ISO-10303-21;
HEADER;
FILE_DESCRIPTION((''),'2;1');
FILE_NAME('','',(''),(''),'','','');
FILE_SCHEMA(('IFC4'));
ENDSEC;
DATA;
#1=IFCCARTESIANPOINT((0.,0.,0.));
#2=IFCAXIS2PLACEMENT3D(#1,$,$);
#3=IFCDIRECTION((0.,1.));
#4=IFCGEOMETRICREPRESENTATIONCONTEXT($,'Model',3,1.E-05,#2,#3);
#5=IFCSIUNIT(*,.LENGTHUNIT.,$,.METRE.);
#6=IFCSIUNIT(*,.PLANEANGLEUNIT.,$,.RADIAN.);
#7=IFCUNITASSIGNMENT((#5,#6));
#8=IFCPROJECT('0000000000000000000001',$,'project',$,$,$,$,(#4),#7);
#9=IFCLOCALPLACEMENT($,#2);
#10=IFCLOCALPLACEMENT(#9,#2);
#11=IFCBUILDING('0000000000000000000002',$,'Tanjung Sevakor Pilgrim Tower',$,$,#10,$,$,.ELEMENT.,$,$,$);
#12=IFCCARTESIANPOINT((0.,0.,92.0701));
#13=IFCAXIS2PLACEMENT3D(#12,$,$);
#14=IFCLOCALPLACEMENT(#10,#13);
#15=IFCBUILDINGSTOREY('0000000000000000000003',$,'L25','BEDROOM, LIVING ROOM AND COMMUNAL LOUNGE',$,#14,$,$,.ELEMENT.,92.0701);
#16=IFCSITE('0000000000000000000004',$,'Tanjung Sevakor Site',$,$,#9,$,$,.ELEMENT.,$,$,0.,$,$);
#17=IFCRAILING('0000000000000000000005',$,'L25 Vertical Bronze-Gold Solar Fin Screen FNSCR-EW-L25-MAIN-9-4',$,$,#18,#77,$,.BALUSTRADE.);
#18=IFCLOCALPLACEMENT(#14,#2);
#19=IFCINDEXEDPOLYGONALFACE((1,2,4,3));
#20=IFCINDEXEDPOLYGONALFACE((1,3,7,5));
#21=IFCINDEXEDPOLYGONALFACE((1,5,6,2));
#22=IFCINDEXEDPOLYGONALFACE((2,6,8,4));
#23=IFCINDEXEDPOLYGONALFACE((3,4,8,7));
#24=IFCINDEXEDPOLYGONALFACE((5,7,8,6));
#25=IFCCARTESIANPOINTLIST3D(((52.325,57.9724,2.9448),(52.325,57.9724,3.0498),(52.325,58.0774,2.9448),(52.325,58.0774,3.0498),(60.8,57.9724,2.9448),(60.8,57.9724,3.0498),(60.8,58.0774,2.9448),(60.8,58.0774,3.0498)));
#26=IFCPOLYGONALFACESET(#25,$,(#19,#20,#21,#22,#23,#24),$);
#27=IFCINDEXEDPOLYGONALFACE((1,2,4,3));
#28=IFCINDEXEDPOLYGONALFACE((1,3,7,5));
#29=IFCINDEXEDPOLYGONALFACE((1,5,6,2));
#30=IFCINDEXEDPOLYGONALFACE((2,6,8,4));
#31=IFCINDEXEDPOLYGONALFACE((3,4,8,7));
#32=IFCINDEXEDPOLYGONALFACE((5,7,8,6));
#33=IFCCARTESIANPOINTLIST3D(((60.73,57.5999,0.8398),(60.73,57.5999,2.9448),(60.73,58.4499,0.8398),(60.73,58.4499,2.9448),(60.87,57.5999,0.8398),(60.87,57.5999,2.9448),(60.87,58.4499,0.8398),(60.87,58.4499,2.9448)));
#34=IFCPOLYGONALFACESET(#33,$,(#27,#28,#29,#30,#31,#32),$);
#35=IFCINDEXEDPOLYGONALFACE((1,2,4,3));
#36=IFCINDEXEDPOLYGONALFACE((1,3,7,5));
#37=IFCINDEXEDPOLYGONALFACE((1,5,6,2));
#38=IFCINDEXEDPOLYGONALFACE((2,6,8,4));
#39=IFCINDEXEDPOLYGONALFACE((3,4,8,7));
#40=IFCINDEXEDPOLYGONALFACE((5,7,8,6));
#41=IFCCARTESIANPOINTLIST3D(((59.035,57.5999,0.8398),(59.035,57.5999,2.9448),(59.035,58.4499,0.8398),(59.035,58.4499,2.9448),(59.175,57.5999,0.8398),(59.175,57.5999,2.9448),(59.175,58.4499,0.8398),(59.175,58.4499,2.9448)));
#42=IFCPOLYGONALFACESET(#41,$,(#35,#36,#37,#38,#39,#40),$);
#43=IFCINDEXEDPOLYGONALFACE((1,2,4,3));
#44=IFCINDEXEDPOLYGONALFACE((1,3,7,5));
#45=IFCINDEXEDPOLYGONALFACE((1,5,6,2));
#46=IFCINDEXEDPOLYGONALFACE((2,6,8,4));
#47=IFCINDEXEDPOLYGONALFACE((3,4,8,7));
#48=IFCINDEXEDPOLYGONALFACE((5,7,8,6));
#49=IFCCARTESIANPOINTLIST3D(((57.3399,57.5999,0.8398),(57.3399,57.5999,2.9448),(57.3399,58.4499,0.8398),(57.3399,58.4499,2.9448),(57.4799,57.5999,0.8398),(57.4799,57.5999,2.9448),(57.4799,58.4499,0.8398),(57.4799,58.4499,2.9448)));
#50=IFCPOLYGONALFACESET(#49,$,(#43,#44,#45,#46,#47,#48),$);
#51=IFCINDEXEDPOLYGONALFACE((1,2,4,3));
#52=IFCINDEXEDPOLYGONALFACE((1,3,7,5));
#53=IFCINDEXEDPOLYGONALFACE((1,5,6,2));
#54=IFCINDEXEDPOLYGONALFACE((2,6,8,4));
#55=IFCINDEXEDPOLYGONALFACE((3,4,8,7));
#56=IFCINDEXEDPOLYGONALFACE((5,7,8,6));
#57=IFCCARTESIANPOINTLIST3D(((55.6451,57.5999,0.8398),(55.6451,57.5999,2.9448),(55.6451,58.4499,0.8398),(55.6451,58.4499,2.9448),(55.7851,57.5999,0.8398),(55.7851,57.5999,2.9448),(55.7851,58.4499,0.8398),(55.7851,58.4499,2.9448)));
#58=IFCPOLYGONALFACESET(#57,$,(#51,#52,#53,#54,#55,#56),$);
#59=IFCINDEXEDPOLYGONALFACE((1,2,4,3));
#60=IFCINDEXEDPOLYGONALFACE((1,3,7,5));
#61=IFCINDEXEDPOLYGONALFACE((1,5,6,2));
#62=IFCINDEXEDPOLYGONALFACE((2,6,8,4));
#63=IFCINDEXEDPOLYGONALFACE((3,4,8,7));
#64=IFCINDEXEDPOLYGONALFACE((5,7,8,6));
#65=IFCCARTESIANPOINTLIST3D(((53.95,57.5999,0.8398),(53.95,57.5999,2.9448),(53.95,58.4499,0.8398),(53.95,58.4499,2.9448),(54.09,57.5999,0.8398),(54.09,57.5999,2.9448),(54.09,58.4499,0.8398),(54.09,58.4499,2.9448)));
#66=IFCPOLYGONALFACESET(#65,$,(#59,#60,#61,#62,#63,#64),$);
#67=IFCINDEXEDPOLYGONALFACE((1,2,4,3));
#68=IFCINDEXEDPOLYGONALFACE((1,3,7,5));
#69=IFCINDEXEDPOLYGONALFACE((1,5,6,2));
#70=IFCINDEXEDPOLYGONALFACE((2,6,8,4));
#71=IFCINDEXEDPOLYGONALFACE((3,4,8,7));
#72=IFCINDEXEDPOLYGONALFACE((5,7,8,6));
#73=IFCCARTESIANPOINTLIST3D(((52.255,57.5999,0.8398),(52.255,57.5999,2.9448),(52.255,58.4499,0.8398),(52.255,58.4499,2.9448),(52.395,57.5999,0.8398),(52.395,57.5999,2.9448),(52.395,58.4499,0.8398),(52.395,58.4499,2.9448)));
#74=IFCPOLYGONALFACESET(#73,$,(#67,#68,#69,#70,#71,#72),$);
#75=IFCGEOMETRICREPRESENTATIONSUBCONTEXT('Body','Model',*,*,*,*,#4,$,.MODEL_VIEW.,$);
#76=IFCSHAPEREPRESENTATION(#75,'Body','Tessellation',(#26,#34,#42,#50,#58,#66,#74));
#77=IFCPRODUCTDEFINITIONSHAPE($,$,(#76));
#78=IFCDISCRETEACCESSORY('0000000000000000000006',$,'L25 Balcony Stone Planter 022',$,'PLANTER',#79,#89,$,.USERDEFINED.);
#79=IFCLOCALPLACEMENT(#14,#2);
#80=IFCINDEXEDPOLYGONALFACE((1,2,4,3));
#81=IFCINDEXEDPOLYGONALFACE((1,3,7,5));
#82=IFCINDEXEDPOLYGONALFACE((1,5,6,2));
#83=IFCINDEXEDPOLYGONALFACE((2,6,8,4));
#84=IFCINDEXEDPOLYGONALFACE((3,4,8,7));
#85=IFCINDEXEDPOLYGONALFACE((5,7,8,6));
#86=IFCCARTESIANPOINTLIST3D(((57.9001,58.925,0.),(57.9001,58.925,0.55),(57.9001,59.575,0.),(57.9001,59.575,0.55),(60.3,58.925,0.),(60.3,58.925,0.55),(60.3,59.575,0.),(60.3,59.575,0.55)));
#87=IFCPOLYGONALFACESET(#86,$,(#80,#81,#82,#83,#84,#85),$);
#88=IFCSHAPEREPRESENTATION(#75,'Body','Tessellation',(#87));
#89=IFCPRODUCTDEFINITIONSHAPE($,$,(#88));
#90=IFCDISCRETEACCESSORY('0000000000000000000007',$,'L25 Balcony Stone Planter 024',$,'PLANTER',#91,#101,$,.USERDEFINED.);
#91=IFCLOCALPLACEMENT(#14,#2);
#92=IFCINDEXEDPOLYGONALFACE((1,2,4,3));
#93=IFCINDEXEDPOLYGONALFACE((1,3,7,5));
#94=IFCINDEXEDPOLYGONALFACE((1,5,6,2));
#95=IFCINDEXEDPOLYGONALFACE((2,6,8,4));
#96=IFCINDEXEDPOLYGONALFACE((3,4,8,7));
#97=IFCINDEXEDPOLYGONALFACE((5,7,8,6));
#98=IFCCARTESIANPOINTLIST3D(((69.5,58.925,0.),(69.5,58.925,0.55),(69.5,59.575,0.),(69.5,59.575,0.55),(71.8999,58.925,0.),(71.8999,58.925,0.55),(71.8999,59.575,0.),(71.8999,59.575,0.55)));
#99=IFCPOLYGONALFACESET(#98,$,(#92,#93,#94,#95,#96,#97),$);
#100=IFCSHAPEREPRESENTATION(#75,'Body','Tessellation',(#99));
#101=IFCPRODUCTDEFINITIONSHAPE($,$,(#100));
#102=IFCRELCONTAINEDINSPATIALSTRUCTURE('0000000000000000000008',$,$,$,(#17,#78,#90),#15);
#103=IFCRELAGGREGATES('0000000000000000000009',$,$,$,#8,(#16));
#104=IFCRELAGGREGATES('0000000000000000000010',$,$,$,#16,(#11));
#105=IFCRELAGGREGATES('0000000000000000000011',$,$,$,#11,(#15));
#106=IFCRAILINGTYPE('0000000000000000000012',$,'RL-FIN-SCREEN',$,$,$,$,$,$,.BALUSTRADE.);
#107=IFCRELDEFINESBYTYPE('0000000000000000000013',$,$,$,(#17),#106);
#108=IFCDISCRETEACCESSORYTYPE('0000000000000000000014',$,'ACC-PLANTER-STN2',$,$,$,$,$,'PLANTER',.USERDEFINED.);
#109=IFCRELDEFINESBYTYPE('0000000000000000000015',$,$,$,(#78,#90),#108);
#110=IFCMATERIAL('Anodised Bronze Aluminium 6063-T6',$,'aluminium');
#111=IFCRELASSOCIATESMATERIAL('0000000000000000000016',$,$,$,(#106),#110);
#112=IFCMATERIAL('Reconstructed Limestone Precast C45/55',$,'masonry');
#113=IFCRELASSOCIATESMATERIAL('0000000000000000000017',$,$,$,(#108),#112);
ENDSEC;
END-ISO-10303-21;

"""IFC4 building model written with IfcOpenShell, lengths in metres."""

from ifc_helpers import new_model, si_unit, direction, frame, origin, origin_2d, place, context, subcontext, project, spatial, rectangle, extrude, material, type_object, element, save


model = new_model("IFC4")

# Units and contexts
model_context = context("Model", 3, precision=1e-05, world=origin(), true_north=direction((0.0, 1.0)))
body_context = subcontext(model_context, "Body", "Model", "MODEL_VIEW")
ifc_project = project(units=[si_unit("LENGTHUNIT", "METRE"), si_unit("PLANEANGLEUNIT", "RADIAN")], contexts=[model_context])

# Site, building, storey
site_placement = place(None, origin())
site = spatial("IfcSite", under=ifc_project, at=site_placement, Name="Tanjung Sevakor Site", CompositionType="ELEMENT", RefElevation=0.0)
building_placement = place(site_placement, origin())
building = spatial("IfcBuilding", under=site, at=building_placement, Name="Tanjung Sevakor Pilgrim Tower", CompositionType="ELEMENT")
storey_placement = place(building_placement, frame((0.0, 0.0, 92.0701)))
storey = spatial("IfcBuildingStorey", under=building, at=storey_placement, Name="L25", Description="BEDROOM, LIVING ROOM AND COMMUNAL LOUNGE", CompositionType="ELEMENT", Elevation=92.0701)

# Railing
ifc_material_1 = material(Name="Anodised Bronze Aluminium 6063-T6", Category="aluminium")
railing_type_1 = type_object("IfcRailingType", Name="RL-FIN-SCREEN", PredefinedType="BALUSTRADE", material=ifc_material_1)
railing_1_placement = place(storey_placement, frame((60.8, 58.0249, 0.8398)))
element("IfcRailing", 1, at=railing_1_placement, inside=storey, type_object=railing_type_1, Name="L25 Vertical Bronze-Gold Solar Fin Screen FNSCR-EW-L25-MAIN-9-4", PredefinedType="BALUSTRADE", context=body_context, shape_type="SweptSolid", body=[
    extrude(rectangle(XDim=0.105, YDim=0.105), frame((0.0, 0.0, 2.1575), z_axis=(-1.0, 0.0, 0.0), x_axis=(0.0, -1.0, 0.0)), (0.0, 0.0, 1.0), 8.4751),
    extrude(rectangle(XDim=0.14, YDim=0.85), origin(), (0.0, 0.0, 1.0), 2.105),
    extrude(rectangle(XDim=0.14, YDim=0.85), frame((-1.6951, 0.0, 0.0)), (0.0, 0.0, 1.0), 2.105),
    extrude(rectangle(XDim=0.14, YDim=0.85), frame((-3.3901, 0.0, 0.0)), (0.0, 0.0, 1.0), 2.105),
    extrude(rectangle(XDim=0.14, YDim=0.85), frame((-5.085, 0.0, 0.0)), (0.0, 0.0, 1.0), 2.105),
    extrude(rectangle(XDim=0.14, YDim=0.85), frame((-6.78, 0.0, 0.0)), (0.0, 0.0, 1.0), 2.105),
    extrude(rectangle(XDim=0.14, YDim=0.85), frame((-8.4751, 0.0, 0.0)), (0.0, 0.0, 1.0), 2.105),
])

# Discrete accessories
ifc_material_2 = material(Name="Reconstructed Limestone Precast C45/55", Category="masonry")
discrete_accessory_type = type_object("IfcDiscreteAccessoryType", Name="ACC-PLANTER-STN2", ElementType="PLANTER", PredefinedType="USERDEFINED", material=ifc_material_2)
for number, where, z_axis, x_axis, name in (
    (2, (59.1001, 59.25, 0.0), (0.0, 0.0, 1.0), (1.0, 0.0, 0.0), "L25 Balcony Stone Planter 022"),
    (3, (70.7, 59.25, 0.0), (0.0, 0.0, 1.0), (1.0, 0.0, 0.0), "L25 Balcony Stone Planter 024"),
):
    element("IfcDiscreteAccessory", number, at=place(storey_placement, frame(where, z_axis=z_axis, x_axis=x_axis)), inside=storey, type_object=discrete_accessory_type, Name=name, ObjectType="PLANTER", PredefinedType="USERDEFINED", context=body_context, shape_type="SweptSolid", body=[
        extrude(rectangle(XDim=2.3999, YDim=0.6499, at=origin_2d()), origin(), (0.0, 0.0, 1.0), 0.55),
    ])

save(model, "model.ifc")
